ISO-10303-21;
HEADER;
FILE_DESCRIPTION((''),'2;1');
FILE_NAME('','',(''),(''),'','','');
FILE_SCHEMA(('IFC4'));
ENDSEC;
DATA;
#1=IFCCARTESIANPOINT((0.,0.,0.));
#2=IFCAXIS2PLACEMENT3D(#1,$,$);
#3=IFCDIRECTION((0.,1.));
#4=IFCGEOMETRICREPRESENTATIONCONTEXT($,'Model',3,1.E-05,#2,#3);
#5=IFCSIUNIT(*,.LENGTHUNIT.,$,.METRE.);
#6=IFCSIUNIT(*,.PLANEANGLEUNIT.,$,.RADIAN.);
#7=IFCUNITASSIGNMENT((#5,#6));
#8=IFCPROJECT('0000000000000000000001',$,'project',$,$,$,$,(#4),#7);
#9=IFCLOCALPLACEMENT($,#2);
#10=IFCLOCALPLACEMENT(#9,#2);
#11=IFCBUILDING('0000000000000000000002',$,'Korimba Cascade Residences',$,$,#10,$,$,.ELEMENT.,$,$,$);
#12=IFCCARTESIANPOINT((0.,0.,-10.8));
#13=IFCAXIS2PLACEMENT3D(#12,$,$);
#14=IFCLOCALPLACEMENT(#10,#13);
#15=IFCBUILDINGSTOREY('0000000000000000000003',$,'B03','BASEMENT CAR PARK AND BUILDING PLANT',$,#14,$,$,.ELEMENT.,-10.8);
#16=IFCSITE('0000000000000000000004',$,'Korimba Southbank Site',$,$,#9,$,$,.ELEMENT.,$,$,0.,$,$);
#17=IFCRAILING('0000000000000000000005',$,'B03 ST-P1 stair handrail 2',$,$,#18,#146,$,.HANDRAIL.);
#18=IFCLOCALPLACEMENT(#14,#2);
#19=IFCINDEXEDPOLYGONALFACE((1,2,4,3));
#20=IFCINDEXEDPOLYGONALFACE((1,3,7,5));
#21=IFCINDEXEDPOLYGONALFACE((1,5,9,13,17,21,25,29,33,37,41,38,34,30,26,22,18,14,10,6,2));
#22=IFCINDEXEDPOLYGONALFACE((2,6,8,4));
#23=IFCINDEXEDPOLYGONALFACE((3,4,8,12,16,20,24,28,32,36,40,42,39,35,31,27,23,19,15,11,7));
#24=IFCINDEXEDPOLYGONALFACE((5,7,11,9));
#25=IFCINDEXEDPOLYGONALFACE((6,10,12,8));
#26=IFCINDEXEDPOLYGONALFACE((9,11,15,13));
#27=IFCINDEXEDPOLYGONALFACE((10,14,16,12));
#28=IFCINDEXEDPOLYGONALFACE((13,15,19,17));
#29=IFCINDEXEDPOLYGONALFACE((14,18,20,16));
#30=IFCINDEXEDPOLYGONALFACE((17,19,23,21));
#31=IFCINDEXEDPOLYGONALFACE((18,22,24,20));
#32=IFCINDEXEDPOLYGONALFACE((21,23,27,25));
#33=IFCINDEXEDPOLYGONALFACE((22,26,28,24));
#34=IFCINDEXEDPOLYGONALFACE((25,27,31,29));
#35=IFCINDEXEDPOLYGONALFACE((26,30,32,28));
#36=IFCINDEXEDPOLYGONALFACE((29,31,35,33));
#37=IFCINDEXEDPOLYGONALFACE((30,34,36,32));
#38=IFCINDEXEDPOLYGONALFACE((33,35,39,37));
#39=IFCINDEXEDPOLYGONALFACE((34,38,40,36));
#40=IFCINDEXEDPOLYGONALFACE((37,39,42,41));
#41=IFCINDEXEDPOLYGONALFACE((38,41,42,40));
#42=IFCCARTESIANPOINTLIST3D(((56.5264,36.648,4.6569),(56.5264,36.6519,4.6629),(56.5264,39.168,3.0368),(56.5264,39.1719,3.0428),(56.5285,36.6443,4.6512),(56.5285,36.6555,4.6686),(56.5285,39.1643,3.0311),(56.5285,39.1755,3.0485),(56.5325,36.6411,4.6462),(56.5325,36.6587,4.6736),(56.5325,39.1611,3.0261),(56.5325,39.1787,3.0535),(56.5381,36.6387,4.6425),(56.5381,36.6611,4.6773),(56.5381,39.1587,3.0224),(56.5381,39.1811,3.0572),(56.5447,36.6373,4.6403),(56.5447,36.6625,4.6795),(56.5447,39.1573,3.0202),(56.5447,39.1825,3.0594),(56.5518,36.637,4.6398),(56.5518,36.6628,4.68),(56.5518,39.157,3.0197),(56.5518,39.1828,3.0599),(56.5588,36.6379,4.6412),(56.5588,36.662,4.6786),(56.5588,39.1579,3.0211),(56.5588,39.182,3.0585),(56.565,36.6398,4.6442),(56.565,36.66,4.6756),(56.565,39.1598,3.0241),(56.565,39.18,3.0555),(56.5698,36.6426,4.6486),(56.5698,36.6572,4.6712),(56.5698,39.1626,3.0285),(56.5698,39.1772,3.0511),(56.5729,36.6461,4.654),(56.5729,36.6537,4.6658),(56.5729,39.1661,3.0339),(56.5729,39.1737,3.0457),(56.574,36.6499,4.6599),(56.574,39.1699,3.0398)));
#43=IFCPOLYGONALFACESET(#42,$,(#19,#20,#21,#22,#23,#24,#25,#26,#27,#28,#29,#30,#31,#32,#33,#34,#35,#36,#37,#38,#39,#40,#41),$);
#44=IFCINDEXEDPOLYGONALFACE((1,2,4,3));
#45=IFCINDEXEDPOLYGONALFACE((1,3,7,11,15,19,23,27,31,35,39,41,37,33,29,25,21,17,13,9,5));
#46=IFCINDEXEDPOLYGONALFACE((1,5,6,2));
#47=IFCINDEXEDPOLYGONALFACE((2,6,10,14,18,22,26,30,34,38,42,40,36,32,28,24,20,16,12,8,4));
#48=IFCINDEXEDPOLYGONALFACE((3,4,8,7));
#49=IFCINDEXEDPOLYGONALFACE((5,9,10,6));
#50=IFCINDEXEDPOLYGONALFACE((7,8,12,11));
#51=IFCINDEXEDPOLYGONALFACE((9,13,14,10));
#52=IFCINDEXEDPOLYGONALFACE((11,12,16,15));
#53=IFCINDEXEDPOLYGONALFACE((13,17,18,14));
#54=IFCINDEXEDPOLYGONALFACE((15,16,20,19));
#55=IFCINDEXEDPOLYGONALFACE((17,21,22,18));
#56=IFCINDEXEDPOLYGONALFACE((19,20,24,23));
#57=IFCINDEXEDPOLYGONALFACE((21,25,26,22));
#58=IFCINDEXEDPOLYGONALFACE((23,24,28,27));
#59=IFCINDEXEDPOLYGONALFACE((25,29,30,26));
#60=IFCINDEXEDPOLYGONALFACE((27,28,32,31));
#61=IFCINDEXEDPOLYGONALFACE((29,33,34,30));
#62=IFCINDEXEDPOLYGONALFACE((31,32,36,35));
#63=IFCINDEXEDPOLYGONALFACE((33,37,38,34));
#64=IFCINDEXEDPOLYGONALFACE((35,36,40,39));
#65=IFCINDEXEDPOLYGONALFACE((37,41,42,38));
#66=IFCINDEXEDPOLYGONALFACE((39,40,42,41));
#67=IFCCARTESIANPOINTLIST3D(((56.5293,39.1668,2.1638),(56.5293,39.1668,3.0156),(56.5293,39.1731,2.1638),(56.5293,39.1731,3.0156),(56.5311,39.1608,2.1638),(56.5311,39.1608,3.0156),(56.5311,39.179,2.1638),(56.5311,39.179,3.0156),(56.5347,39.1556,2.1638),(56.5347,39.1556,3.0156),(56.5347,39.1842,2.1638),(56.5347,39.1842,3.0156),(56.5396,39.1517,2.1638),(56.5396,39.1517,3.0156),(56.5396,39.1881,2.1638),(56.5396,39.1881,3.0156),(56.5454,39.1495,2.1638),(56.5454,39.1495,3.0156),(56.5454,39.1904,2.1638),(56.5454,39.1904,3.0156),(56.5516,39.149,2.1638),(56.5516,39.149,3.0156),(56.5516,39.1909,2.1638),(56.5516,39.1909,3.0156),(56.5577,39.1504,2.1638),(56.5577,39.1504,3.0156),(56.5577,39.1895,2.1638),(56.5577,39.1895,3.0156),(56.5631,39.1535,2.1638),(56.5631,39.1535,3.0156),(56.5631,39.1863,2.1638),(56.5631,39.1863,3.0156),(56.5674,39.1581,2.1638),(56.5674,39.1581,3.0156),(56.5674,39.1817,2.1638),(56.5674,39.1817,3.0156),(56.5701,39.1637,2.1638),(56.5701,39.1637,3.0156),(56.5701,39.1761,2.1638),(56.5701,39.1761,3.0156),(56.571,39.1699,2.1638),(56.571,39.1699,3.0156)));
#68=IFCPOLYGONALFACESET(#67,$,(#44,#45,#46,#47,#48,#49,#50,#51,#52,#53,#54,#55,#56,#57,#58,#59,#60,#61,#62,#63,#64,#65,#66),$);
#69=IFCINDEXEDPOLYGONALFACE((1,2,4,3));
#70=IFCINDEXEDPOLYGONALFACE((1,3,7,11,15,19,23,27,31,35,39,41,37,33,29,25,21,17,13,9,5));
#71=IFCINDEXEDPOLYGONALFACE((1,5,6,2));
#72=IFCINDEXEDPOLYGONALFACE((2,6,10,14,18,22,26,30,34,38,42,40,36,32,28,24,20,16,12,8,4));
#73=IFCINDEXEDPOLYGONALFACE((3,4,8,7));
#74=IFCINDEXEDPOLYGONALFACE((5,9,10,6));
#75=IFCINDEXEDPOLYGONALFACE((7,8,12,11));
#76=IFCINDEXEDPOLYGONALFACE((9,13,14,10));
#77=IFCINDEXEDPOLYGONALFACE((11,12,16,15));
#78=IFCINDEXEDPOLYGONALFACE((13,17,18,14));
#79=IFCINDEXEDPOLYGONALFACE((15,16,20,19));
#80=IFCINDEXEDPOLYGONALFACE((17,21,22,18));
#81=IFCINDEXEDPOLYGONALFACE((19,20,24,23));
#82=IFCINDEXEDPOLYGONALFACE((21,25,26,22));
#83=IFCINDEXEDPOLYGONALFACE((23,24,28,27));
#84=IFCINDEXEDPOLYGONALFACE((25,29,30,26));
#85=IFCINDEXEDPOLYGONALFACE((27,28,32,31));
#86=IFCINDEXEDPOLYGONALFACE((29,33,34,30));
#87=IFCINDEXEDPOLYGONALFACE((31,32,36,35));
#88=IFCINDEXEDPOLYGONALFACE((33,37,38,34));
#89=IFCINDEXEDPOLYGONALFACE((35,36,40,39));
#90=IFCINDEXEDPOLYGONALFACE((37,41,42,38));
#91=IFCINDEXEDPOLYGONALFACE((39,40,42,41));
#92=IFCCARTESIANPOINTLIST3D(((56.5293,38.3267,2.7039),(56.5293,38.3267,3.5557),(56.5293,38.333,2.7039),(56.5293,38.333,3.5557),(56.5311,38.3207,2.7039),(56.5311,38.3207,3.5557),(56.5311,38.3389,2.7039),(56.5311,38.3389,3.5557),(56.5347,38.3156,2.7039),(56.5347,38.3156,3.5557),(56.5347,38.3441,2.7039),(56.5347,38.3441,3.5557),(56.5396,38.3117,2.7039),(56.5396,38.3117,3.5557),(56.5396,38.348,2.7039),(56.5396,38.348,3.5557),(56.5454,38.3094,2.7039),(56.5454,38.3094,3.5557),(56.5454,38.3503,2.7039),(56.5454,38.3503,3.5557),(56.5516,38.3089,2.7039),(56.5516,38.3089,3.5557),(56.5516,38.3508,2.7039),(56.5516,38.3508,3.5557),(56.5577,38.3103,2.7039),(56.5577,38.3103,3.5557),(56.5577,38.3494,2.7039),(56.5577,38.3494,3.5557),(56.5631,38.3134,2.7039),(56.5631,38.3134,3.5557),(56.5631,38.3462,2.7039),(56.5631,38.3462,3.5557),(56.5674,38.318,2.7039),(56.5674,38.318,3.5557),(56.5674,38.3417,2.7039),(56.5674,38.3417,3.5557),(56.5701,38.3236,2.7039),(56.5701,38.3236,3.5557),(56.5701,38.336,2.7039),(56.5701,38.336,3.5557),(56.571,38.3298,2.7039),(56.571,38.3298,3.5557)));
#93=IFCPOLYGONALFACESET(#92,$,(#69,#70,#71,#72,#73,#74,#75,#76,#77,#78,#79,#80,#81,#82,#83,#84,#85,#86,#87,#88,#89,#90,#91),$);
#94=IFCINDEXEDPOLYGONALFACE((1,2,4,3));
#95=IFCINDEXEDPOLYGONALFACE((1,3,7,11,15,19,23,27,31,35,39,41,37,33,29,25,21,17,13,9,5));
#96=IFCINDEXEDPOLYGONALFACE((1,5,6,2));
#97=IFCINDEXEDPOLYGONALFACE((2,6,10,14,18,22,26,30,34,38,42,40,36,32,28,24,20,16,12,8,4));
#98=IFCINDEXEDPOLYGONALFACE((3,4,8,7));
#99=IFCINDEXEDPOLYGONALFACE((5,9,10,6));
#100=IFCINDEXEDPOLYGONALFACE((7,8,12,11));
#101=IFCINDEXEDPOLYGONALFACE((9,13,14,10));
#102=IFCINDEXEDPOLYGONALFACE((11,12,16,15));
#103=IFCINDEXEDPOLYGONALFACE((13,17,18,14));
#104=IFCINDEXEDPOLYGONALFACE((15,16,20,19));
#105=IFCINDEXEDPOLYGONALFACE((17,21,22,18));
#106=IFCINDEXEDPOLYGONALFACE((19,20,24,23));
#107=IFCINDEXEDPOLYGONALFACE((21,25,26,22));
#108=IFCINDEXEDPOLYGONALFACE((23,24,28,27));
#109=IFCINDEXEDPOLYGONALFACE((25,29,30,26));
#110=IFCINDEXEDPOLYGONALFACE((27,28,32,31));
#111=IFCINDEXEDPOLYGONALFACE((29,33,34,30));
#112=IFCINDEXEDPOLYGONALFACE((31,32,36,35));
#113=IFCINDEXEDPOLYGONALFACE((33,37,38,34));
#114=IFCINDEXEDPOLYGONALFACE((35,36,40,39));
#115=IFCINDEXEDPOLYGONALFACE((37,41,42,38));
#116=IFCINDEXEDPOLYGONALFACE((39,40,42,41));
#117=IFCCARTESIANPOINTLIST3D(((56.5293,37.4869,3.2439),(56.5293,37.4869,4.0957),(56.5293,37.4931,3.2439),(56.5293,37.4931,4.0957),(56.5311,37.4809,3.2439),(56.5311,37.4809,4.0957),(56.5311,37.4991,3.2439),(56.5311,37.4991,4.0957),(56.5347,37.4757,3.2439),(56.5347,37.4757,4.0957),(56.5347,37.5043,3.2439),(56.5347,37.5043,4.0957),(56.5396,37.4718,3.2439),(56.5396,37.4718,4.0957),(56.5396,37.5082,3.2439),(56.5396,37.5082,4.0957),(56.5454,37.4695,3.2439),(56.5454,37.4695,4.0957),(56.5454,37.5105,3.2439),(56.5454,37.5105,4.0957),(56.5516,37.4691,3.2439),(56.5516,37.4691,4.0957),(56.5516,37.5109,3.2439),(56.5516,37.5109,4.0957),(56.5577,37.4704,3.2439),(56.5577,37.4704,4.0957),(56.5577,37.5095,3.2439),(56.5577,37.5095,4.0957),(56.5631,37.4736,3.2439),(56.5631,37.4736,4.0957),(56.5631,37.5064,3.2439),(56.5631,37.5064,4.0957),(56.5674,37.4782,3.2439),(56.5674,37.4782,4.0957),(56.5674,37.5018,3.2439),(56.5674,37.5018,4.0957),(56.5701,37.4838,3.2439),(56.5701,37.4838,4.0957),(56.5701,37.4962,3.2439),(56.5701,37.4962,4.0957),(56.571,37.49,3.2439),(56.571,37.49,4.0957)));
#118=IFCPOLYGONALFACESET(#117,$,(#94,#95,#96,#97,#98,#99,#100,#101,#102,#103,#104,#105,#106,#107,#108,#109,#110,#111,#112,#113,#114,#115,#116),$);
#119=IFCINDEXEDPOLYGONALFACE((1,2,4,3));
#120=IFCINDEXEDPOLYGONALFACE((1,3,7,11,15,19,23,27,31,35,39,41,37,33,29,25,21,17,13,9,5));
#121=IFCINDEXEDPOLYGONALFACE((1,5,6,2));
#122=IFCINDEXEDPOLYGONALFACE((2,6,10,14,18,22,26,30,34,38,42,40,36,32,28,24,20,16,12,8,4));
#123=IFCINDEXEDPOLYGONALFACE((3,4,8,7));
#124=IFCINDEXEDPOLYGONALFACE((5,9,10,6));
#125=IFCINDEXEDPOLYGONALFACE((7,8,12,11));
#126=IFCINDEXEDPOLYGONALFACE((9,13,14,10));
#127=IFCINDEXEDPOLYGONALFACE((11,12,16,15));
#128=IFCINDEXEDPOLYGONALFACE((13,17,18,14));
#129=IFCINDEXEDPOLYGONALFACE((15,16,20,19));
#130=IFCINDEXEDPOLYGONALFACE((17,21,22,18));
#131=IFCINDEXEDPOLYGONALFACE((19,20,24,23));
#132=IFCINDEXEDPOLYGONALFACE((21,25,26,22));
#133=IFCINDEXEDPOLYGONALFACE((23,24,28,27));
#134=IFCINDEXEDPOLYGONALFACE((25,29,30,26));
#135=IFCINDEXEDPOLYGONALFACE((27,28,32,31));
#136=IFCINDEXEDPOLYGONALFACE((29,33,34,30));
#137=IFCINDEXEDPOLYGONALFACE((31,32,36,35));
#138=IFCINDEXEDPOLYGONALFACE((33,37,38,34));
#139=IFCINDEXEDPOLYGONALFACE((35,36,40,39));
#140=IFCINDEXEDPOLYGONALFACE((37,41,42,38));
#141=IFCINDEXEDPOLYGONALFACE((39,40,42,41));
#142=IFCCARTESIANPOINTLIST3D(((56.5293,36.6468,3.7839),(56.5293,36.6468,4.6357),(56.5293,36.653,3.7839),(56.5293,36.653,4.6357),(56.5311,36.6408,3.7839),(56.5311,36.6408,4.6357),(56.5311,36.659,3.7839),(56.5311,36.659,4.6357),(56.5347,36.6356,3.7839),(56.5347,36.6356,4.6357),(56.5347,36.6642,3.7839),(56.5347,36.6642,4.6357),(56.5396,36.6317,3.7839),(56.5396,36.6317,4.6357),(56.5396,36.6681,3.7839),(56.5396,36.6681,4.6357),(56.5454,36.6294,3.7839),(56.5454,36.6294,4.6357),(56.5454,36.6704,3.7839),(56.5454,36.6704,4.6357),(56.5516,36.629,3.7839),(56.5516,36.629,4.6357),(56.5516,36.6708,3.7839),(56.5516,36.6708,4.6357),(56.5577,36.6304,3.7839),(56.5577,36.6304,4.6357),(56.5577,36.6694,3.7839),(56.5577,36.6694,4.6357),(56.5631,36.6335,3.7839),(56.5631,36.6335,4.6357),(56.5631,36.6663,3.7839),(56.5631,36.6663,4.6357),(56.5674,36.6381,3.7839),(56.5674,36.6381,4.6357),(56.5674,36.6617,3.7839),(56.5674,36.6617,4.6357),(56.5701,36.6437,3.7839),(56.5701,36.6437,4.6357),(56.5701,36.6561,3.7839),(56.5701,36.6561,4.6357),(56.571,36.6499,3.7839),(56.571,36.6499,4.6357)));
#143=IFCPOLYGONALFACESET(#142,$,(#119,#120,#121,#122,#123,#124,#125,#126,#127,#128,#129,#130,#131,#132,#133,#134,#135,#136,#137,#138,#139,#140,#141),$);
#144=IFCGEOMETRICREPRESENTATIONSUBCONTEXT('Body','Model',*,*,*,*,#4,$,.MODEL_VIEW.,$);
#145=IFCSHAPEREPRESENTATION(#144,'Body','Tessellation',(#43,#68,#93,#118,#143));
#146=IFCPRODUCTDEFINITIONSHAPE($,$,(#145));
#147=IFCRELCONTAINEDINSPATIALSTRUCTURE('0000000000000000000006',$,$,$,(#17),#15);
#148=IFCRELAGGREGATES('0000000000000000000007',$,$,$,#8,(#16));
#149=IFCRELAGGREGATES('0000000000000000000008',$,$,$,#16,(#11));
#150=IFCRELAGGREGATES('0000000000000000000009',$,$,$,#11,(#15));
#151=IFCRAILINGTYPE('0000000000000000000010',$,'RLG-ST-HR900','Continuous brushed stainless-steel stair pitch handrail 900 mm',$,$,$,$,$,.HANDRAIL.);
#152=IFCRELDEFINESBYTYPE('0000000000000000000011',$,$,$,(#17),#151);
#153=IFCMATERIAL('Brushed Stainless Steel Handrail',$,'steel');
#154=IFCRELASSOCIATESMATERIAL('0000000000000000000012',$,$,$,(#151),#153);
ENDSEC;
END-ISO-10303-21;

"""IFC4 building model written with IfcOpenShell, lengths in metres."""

from ifc_helpers import new_model, si_unit, direction, frame, origin, origin_2d, place, context, subcontext, project, spatial, circle, extrude, material, type_object, element, save


model = new_model("IFC4")

# Units and contexts
model_context = context("Model", 3, precision=1e-05, world=origin(), true_north=direction((0.0, 1.0)))
body_context = subcontext(model_context, "Body", "Model", "MODEL_VIEW")
ifc_project = project(units=[si_unit("LENGTHUNIT", "METRE"), si_unit("PLANEANGLEUNIT", "RADIAN")], contexts=[model_context])

# Site, building, storey
site_placement = place(None, origin())
site = spatial("IfcSite", under=ifc_project, at=site_placement, Name="Korimba Southbank Site", CompositionType="ELEMENT", RefElevation=0.0)
building_placement = place(site_placement, origin())
building = spatial("IfcBuilding", under=site, at=building_placement, Name="Korimba Cascade Residences", CompositionType="ELEMENT")
storey_placement = place(building_placement, frame((0.0, 0.0, -10.8)))
storey = spatial("IfcBuildingStorey", under=building, at=storey_placement, Name="B03", Description="BASEMENT CAR PARK AND BUILDING PLANT", CompositionType="ELEMENT", Elevation=-10.8)

# Railing
ifc_material_1 = material(Name="Brushed Stainless Steel Handrail", Category="steel")
railing_type_1 = type_object("IfcRailingType", Name="RLG-ST-HR900", Description="Continuous brushed stainless-steel stair pitch handrail 900 mm", PredefinedType="HANDRAIL", material=ifc_material_1)
railing_1_placement = place(storey_placement, frame((56.55, 39.1699, 2.1638)))
element("IfcRailing", 1, at=railing_1_placement, inside=storey, type_object=railing_type_1, Name="B03 ST-P1 stair handrail 2", PredefinedType="HANDRAIL", context=body_context, shape_type="SweptSolid", body=[
    extrude(circle(Radius=0.0239, at=origin_2d()), frame((0.0, 0.0, 0.876), z_axis=(0.0, -0.841163, 0.540782), x_axis=(1.0, 0.0, 0.0)), (0.0, 0.0, 1.0), 2.9958),
    extrude(circle(Radius=0.021, at=origin_2d()), origin(), (0.0, 0.0, 1.0), 0.8518),
    extrude(circle(Radius=0.021, at=origin_2d()), frame((0.0, -0.8401, 0.54)), (0.0, 0.0, 1.0), 0.8518),
    extrude(circle(Radius=0.021, at=origin_2d()), frame((0.0, -1.6799, 1.0801)), (0.0, 0.0, 1.0), 0.8518),
    extrude(circle(Radius=0.021, at=origin_2d()), frame((0.0, -2.52, 1.6201)), (0.0, 0.0, 1.0), 0.8518),
])

save(model, "model.ifc")
